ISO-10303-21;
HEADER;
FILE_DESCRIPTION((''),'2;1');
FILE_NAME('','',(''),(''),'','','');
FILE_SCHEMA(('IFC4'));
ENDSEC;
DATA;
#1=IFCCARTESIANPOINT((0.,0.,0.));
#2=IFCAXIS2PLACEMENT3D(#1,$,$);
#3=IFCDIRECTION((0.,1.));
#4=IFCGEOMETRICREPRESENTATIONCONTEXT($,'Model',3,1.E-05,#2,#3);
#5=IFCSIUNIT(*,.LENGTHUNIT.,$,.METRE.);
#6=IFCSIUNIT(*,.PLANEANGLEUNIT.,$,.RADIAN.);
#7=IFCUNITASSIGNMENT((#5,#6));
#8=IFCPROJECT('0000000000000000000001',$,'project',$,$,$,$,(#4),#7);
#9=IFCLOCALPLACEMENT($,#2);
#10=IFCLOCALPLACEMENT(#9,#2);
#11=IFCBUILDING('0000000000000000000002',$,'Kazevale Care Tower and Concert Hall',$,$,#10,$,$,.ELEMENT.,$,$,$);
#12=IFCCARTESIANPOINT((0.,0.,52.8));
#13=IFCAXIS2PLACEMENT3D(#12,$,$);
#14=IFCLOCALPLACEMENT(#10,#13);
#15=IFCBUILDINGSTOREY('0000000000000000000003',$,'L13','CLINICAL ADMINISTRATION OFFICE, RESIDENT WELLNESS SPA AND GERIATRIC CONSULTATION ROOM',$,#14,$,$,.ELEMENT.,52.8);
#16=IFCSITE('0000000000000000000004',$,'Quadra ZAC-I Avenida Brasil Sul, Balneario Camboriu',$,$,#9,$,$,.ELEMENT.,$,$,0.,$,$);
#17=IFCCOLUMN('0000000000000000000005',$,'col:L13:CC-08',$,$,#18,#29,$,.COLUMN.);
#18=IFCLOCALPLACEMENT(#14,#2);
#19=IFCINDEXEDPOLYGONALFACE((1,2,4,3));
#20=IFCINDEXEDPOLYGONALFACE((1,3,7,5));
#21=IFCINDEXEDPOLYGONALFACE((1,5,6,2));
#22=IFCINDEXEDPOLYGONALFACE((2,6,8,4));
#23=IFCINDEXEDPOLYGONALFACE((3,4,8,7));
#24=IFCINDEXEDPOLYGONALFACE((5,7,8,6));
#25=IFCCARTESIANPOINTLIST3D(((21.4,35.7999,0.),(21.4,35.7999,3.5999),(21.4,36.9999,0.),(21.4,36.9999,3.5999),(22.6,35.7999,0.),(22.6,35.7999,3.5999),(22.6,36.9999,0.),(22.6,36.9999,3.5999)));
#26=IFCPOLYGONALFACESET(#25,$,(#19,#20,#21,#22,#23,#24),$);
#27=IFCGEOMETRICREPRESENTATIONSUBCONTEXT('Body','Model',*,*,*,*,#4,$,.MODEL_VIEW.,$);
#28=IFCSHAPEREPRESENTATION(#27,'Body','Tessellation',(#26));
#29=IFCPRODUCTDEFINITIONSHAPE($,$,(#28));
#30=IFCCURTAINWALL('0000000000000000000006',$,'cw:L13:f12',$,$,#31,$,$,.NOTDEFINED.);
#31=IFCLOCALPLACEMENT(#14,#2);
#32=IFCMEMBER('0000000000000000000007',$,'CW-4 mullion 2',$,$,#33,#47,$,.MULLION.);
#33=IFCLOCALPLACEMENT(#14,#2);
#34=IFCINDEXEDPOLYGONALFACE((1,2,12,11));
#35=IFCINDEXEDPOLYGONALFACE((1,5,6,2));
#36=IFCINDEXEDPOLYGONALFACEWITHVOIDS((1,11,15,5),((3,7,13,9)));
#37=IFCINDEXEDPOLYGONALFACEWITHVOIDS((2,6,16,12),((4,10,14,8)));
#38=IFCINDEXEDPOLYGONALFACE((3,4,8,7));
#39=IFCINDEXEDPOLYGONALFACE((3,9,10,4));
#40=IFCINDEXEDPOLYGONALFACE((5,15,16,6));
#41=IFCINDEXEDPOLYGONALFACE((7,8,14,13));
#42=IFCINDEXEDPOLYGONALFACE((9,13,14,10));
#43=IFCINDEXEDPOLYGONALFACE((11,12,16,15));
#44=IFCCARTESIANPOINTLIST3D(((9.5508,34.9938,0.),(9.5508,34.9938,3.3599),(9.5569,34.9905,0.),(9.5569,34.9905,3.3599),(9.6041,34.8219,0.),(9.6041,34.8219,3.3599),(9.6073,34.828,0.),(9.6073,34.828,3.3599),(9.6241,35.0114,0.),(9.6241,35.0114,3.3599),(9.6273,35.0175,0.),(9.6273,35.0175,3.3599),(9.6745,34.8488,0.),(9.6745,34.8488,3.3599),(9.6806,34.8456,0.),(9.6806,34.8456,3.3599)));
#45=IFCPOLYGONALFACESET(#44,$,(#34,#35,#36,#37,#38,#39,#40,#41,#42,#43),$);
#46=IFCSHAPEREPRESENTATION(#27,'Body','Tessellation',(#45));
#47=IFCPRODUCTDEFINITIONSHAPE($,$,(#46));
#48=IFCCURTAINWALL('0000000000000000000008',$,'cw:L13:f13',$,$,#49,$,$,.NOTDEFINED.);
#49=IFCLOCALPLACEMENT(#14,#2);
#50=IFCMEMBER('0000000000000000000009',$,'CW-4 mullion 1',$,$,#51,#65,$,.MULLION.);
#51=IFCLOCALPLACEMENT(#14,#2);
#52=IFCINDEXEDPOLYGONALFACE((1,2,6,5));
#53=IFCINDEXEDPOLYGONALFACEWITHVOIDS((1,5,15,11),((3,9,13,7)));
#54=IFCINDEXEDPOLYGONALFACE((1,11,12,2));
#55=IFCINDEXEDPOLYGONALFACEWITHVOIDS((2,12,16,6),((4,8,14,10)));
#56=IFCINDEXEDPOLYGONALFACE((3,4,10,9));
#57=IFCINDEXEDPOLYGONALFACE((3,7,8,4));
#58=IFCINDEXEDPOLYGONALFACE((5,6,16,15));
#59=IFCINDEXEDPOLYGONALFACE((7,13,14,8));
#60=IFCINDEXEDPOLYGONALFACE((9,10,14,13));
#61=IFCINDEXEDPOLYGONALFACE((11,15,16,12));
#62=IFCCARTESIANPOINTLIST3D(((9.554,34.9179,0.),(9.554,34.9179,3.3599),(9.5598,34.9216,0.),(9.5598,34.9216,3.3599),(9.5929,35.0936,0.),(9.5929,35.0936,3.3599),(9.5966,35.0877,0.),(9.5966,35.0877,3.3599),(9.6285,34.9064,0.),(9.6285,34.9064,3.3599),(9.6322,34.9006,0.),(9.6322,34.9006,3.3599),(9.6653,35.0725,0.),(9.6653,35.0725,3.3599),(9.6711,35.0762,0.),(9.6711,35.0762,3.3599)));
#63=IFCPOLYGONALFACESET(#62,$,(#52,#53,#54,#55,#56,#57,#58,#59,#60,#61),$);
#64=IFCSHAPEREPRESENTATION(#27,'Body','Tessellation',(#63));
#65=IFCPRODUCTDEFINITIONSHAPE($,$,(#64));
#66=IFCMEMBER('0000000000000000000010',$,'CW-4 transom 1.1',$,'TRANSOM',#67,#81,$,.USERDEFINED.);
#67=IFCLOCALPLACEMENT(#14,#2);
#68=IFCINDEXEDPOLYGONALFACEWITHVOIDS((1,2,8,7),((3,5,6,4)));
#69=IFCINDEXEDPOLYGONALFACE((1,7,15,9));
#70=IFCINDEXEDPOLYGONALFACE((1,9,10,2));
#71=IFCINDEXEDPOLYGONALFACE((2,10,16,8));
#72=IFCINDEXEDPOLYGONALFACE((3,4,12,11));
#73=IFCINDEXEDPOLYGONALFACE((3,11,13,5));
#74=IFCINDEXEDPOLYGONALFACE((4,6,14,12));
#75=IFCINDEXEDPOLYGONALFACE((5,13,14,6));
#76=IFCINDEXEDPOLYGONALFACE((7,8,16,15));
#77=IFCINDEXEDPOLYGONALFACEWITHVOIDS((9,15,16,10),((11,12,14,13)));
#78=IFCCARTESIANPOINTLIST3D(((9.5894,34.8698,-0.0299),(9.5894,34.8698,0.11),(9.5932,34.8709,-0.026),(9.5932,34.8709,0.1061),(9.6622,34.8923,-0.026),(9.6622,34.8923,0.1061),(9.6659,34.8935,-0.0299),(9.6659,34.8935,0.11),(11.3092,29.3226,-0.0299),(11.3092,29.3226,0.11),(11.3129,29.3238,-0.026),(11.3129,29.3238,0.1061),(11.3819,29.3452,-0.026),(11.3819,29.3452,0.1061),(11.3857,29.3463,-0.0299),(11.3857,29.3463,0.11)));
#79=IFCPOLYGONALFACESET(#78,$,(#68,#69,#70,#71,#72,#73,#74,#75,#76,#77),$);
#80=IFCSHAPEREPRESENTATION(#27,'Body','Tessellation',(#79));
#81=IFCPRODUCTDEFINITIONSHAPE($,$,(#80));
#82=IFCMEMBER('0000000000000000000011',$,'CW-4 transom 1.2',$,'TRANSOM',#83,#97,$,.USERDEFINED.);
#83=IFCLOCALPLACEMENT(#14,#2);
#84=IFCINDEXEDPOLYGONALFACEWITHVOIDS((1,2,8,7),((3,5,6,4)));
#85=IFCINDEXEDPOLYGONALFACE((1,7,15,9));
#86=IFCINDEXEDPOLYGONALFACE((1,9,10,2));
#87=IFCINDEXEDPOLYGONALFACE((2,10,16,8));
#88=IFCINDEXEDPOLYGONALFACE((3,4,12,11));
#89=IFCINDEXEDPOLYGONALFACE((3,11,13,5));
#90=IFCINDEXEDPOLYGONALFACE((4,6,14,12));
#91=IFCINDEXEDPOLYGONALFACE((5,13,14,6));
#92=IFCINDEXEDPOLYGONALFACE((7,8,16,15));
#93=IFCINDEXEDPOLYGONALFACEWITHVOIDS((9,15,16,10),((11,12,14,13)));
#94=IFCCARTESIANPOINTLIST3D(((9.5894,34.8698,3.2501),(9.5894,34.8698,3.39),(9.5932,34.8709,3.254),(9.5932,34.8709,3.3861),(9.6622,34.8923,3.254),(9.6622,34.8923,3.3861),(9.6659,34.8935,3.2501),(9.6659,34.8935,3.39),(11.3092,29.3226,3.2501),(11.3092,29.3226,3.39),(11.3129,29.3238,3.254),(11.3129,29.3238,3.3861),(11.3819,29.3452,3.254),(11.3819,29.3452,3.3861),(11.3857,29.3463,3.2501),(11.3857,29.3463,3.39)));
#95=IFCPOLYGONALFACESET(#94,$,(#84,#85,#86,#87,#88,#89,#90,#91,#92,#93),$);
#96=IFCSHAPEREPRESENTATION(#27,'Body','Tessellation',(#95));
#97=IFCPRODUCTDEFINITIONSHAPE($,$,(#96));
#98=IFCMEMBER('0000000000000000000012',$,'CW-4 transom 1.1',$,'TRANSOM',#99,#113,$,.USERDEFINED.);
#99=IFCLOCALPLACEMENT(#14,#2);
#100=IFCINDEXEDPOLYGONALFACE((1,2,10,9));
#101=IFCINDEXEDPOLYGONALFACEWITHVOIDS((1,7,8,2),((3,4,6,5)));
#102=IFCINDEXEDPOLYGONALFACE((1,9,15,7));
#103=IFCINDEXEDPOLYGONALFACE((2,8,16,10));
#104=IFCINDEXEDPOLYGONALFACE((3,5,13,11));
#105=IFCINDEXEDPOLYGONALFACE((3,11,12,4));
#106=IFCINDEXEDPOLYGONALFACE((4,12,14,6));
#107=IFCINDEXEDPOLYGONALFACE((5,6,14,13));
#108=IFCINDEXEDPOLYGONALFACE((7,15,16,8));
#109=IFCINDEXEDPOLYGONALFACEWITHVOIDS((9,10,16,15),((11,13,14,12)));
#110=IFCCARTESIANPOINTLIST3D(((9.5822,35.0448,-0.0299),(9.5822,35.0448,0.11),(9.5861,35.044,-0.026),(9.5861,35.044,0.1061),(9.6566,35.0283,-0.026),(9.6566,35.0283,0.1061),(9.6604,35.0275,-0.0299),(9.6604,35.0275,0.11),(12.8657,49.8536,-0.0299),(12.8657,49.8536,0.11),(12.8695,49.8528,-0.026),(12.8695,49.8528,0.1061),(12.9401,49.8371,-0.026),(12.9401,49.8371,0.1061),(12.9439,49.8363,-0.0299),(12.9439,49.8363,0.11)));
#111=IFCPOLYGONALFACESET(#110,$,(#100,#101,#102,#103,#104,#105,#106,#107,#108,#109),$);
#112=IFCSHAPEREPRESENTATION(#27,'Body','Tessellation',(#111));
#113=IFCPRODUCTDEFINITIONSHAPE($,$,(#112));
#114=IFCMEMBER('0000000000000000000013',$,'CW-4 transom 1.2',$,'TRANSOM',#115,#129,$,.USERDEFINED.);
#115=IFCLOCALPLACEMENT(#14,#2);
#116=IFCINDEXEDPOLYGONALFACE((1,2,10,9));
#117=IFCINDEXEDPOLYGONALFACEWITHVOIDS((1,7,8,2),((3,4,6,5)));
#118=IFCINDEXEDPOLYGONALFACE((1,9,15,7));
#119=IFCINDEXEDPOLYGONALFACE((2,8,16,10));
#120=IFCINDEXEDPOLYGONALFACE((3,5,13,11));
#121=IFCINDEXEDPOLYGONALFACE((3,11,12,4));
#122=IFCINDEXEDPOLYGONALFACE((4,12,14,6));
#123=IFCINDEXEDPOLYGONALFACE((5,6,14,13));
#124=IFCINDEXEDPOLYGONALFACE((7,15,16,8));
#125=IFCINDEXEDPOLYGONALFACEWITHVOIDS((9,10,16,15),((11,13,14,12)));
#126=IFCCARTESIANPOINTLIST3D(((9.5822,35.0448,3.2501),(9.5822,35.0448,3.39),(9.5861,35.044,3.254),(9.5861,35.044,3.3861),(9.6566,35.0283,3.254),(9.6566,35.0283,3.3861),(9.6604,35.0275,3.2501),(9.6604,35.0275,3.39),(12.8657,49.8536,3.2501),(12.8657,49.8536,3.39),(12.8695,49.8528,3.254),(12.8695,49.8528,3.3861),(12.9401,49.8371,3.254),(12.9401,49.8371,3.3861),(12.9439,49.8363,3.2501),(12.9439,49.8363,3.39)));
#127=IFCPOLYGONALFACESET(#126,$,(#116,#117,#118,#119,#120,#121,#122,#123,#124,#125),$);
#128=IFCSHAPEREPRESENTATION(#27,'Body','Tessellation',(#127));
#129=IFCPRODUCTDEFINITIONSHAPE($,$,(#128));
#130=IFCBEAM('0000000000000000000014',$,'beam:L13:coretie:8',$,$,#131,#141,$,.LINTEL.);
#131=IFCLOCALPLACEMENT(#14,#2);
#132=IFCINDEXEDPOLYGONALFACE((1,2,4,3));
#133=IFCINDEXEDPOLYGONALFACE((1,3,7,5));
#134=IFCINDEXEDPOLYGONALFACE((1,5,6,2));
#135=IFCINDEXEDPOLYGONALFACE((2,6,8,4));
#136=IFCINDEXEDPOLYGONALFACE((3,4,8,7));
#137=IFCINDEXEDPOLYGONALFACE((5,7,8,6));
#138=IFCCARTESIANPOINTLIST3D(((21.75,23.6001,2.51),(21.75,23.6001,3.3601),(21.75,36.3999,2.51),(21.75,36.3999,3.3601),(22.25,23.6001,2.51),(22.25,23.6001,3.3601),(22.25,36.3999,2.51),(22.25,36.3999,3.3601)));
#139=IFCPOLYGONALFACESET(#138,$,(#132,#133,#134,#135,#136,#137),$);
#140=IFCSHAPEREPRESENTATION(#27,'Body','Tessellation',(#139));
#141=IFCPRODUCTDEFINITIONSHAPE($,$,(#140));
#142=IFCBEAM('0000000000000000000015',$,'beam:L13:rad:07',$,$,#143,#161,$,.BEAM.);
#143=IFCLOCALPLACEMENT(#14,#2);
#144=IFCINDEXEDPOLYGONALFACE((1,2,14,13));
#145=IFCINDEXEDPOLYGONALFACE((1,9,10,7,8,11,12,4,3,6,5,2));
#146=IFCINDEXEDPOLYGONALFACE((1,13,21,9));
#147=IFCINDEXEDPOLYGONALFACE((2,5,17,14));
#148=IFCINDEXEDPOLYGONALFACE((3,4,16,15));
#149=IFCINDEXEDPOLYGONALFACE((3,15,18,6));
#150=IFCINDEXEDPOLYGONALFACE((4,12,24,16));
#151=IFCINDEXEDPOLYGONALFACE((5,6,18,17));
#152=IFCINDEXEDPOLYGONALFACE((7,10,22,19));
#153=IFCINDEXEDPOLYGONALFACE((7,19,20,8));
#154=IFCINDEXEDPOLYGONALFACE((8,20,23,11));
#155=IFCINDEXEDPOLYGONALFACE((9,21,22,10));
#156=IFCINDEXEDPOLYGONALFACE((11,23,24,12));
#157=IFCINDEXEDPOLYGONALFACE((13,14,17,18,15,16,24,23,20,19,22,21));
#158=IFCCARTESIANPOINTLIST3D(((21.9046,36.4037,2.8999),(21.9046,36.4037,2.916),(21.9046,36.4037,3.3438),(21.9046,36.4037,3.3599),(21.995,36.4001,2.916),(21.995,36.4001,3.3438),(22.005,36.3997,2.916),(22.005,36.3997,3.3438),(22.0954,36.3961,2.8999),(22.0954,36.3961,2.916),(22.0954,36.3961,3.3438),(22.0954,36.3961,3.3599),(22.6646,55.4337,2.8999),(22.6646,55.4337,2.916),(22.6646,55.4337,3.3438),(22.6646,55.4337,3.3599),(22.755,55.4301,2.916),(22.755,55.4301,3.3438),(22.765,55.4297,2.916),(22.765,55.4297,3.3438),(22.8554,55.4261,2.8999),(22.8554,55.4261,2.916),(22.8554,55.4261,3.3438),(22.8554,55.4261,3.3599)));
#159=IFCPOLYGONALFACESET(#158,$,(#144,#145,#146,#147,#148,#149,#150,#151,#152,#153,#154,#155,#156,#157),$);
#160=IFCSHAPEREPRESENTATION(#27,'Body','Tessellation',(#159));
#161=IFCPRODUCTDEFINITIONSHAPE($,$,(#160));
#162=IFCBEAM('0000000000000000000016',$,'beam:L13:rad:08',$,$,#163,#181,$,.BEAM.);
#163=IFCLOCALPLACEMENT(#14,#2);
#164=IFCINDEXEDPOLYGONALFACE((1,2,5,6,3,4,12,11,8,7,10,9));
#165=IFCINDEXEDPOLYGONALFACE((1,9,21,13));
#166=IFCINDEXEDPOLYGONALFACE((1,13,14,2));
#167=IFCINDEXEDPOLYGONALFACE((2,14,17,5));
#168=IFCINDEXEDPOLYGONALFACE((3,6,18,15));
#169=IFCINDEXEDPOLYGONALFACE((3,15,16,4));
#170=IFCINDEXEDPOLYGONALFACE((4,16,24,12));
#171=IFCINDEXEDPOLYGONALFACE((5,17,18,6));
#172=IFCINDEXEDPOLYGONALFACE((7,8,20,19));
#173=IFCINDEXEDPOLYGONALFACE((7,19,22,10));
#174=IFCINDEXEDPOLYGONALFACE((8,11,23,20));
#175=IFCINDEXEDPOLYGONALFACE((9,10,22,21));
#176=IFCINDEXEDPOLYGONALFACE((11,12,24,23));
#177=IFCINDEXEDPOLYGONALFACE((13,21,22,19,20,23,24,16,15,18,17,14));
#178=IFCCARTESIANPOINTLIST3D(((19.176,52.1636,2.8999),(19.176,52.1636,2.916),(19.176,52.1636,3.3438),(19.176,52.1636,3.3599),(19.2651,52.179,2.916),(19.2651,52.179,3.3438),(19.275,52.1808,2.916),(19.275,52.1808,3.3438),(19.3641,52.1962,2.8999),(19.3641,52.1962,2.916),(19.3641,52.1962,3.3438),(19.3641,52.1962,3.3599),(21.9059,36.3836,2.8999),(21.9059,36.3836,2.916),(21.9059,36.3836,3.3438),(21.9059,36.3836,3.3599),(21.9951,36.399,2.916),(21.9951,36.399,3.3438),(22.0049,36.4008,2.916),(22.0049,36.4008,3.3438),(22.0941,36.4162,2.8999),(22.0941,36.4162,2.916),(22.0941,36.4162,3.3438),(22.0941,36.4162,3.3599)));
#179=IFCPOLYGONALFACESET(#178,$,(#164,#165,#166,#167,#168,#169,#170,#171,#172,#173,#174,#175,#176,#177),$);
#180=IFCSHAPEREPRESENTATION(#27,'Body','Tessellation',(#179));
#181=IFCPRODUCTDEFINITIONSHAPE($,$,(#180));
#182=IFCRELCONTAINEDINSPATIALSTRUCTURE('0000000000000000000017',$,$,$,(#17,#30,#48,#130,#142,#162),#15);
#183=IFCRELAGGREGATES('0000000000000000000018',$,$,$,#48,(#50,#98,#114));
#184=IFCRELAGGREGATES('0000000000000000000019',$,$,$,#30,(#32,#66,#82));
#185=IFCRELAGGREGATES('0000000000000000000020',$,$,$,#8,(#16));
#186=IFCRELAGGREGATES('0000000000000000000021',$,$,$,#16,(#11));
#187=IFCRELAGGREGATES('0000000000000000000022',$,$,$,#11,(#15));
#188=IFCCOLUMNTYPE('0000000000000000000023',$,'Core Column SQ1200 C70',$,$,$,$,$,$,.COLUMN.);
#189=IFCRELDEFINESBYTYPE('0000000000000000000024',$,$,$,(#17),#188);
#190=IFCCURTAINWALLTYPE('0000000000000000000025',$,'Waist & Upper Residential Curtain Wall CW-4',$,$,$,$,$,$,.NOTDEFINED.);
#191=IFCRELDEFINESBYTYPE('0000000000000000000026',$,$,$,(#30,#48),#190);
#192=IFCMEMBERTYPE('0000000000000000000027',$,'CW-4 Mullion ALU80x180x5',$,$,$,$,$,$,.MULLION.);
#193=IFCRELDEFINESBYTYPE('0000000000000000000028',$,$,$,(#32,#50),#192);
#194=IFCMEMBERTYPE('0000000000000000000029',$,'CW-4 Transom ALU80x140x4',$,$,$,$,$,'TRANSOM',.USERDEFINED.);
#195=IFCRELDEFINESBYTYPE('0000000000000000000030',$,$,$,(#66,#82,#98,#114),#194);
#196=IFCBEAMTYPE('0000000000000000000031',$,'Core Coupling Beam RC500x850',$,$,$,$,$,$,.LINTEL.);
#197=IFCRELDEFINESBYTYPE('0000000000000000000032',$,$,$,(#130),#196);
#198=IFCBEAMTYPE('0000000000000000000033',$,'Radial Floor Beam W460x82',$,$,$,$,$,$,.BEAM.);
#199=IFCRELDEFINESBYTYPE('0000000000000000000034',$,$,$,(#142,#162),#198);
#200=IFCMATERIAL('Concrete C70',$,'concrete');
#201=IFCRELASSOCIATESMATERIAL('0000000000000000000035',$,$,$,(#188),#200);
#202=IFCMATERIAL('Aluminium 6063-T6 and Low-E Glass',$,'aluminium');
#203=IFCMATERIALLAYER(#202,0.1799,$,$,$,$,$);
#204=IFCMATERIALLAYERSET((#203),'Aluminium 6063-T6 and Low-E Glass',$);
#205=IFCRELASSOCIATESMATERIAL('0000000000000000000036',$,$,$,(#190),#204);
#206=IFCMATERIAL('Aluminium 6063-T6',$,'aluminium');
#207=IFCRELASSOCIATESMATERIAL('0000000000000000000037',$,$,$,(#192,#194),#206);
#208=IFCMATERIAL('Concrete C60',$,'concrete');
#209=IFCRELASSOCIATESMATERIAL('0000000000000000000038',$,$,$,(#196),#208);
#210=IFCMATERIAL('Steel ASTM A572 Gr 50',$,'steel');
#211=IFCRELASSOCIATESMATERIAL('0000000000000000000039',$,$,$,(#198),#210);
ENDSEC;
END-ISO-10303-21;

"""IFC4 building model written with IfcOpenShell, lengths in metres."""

from ifc_helpers import new_model, si_unit, direction, frame, origin, origin_2d, place, context, subcontext, project, spatial, rectangle, hollow_rectangle, i_section, extrude, material, layer, layer_set, material_profile, profile_set, type_object, element, aggregate, save


model = new_model("IFC4")

# Units and contexts
model_context = context("Model", 3, precision=1e-05, world=origin(), true_north=direction((0.0, 1.0)))
body_context = subcontext(model_context, "Body", "Model", "MODEL_VIEW")
ifc_project = project(units=[si_unit("LENGTHUNIT", "METRE"), si_unit("PLANEANGLEUNIT", "RADIAN")], contexts=[model_context])

# Site, building, storey
site_placement = place(None, origin())
site = spatial("IfcSite", under=ifc_project, at=site_placement, Name="Quadra ZAC-I Avenida Brasil Sul, Balneario Camboriu", CompositionType="ELEMENT", RefElevation=0.0)
building_placement = place(site_placement, origin())
building = spatial("IfcBuilding", under=site, at=building_placement, Name="Kazevale Care Tower and Concert Hall", CompositionType="ELEMENT")
storey_placement = place(building_placement, frame((0.0, 0.0, 52.8)))
storey = spatial("IfcBuildingStorey", under=building, at=storey_placement, Name="L13", Description="CLINICAL ADMINISTRATION OFFICE, RESIDENT WELLNESS SPA AND GERIATRIC CONSULTATION ROOM", CompositionType="ELEMENT", Elevation=52.8)

# Column
ifc_material_1 = material(Name="Concrete C70", Category="concrete")
ifc_material_profile_1 = material_profile(ifc_material_1, rectangle(XDim=1.2, YDim=1.2, at=origin_2d()), Name="RC-SQ1200")
ifc_profile_set_1 = profile_set([ifc_material_profile_1], Name="Concrete C70")
column_type = type_object("IfcColumnType", Name="Core Column SQ1200 C70", PredefinedType="COLUMN", material=ifc_profile_set_1)
column_placement = place(storey_placement, frame((22.0, 36.3999, 0.0), z_axis=(0.0, 0.0, 1.0), x_axis=(1.0, 0.0, 0.0)))
element("IfcColumn", 1, at=column_placement, inside=storey, type_object=column_type, Name="col:L13:CC-08", PredefinedType="COLUMN", context=body_context, shape_type="SweptSolid", body=[
    extrude(rectangle(XDim=1.2, YDim=1.2, at=origin_2d()), origin(), (0.0, 0.0, 1.0), 3.5999),
])

# Curtain walls, members
ifc_material_2 = material(Name="Aluminium 6063-T6 and Low-E Glass", Category="aluminium")
ifc_layer_1 = layer(ifc_material_2, 0.1799)
ifc_layer_set_1 = layer_set([ifc_layer_1], Name="Aluminium 6063-T6 and Low-E Glass")
curtain_wall_type = type_object("IfcCurtainWallType", Name="Waist & Upper Residential Curtain Wall CW-4", PredefinedType="NOTDEFINED", material=ifc_layer_set_1)
curtain_wall_1_placement = place(storey_placement, origin())
curtain_wall_1 = element("IfcCurtainWall", 2, at=curtain_wall_1_placement, inside=storey, type_object=curtain_wall_type, Name="cw:L13:f12", PredefinedType="NOTDEFINED")
ifc_material_3 = material(Name="Aluminium 6063-T6", Category="aluminium")
ifc_material_profile_2 = material_profile(ifc_material_3, hollow_rectangle(XDim=0.0801, YDim=0.1799, WallThickness=0.0049, at=origin_2d()), Name="ALU80x180x5")
ifc_profile_set_2 = profile_set([ifc_material_profile_2], Name="Aluminium 6063-T6")
member_type_1 = type_object("IfcMemberType", Name="CW-4 Mullion ALU80x180x5", PredefinedType="MULLION", material=ifc_profile_set_2)
member_1_placement = place(storey_placement, frame((9.6157, 34.9197, 0.0), z_axis=(0.0, 0.0, 1.0), x_axis=(-0.955157, -0.296099, 0.0)))
member_1 = element("IfcMember", 3, at=member_1_placement, type_object=member_type_1, Name="CW-4 mullion 2", PredefinedType="MULLION", context=body_context, shape_type="SweptSolid", body=[
    extrude(hollow_rectangle(XDim=0.0801, YDim=0.1799, WallThickness=0.0049, at=origin_2d()), origin(), (0.0, 0.0, 1.0), 3.3599),
])
curtain_wall_2_placement = place(storey_placement, origin())
curtain_wall_2 = element("IfcCurtainWall", 4, at=curtain_wall_2_placement, inside=storey, type_object=curtain_wall_type, Name="cw:L13:f13", PredefinedType="NOTDEFINED")
member_2_placement = place(storey_placement, frame((9.6125, 34.9971, 0.0), z_axis=(0.0, 0.0, 1.0), x_axis=(-0.976291, 0.216461, 0.0)))
member_2 = element("IfcMember", 5, at=member_2_placement, type_object=member_type_1, Name="CW-4 mullion 1", PredefinedType="MULLION", context=body_context, shape_type="SweptSolid", body=[
    extrude(hollow_rectangle(XDim=0.0801, YDim=0.1799, WallThickness=0.0049, at=origin_2d()), origin(), (0.0, 0.0, 1.0), 3.3599),
])

# Members
ifc_material_profile_3 = material_profile(ifc_material_3, hollow_rectangle(XDim=0.0801, YDim=0.1399, WallThickness=0.0039, at=origin_2d()), Name="ALU80x140x4")
ifc_profile_set_3 = profile_set([ifc_material_profile_3], Name="Aluminium 6063-T6")
member_type_2 = type_object("IfcMemberType", Name="CW-4 Transom ALU80x140x4", ElementType="TRANSOM", PredefinedType="USERDEFINED", material=ifc_profile_set_3)
member_3_placement = place(storey_placement, frame((11.3474, 29.3345, 0.04), z_axis=(-0.296118, 0.955152, 0.0), x_axis=(-0.955152, -0.296118, 0.0)))
member_3 = element("IfcMember", 6, at=member_3_placement, type_object=member_type_2, Name="CW-4 transom 1.1", ObjectType="TRANSOM", PredefinedType="USERDEFINED", context=body_context, shape_type="SweptSolid", body=[
    extrude(hollow_rectangle(XDim=0.0801, YDim=0.1399, WallThickness=0.0039, at=origin_2d()), origin(), (0.0, 0.0, 1.0), 5.8076),
])
member_4_placement = place(storey_placement, frame((11.3474, 29.3345, 3.3201), z_axis=(-0.296118, 0.955152, 0.0), x_axis=(-0.955152, -0.296118, 0.0)))
member_4 = element("IfcMember", 7, at=member_4_placement, type_object=member_type_2, Name="CW-4 transom 1.2", ObjectType="TRANSOM", PredefinedType="USERDEFINED", context=body_context, shape_type="SweptSolid", body=[
    extrude(hollow_rectangle(XDim=0.0801, YDim=0.1399, WallThickness=0.0039, at=origin_2d()), origin(), (0.0, 0.0, 1.0), 5.8076),
])
member_5_placement = place(storey_placement, frame((9.6213, 35.0361, 0.04), z_axis=(0.216465, 0.97629, 0.0), x_axis=(-0.97629, 0.216465, 0.0)))
member_5 = element("IfcMember", 8, at=member_5_placement, type_object=member_type_2, Name="CW-4 transom 1.1", ObjectType="TRANSOM", PredefinedType="USERDEFINED", context=body_context, shape_type="SweptSolid", body=[
    extrude(hollow_rectangle(XDim=0.0801, YDim=0.1399, WallThickness=0.0039, at=origin_2d()), origin(), (0.0, 0.0, 1.0), 15.1685),
])
member_6_placement = place(storey_placement, frame((9.6213, 35.0361, 3.3201), z_axis=(0.216465, 0.97629, 0.0), x_axis=(-0.97629, 0.216465, 0.0)))
member_6 = element("IfcMember", 9, at=member_6_placement, type_object=member_type_2, Name="CW-4 transom 1.2", ObjectType="TRANSOM", PredefinedType="USERDEFINED", context=body_context, shape_type="SweptSolid", body=[
    extrude(hollow_rectangle(XDim=0.0801, YDim=0.1399, WallThickness=0.0039, at=origin_2d()), origin(), (0.0, 0.0, 1.0), 15.1685),
])
aggregate(curtain_wall_2, [member_2, member_5, member_6])

# Beams
ifc_material_4 = material(Name="Concrete C60", Category="concrete")
ifc_material_profile_4 = material_profile(ifc_material_4, rectangle(XDim=0.5, YDim=0.8501, at=origin_2d()), Name="RC-B500x850")
ifc_profile_set_4 = profile_set([ifc_material_profile_4], Name="Concrete C60")
beam_type_1 = type_object("IfcBeamType", Name="Core Coupling Beam RC500x850", PredefinedType="LINTEL", material=ifc_profile_set_4)
beam_1_placement = place(storey_placement, frame((22.0, 36.3999, 2.9351), z_axis=(0.0, -1.0, 0.0), x_axis=(1.0, 0.0, 0.0)))
element("IfcBeam", 10, at=beam_1_placement, inside=storey, type_object=beam_type_1, Name="beam:L13:coretie:8", PredefinedType="LINTEL", context=body_context, shape_type="SweptSolid", body=[
    extrude(rectangle(XDim=0.5, YDim=0.8501, at=origin_2d()), origin(), (0.0, 0.0, 1.0), 12.7998),
])
ifc_material_5 = material(Name="Steel ASTM A572 Gr 50", Category="steel")
ifc_material_profile_5 = material_profile(ifc_material_5, i_section(OverallWidth=0.1909, OverallDepth=0.46, WebThickness=0.01, FlangeThickness=0.0161, at=origin_2d()), Name="W460x82")
ifc_profile_set_5 = profile_set([ifc_material_profile_5], Name="Steel ASTM A572 Gr 50")
beam_type_2 = type_object("IfcBeamType", Name="Radial Floor Beam W460x82", PredefinedType="BEAM", material=ifc_profile_set_5)
beam_2_placement = place(storey_placement, frame((22.0, 36.3999, 3.1299), z_axis=(0.039906, 0.999203, 0.0), x_axis=(-0.999203, 0.039906, 0.0)))
element("IfcBeam", 11, at=beam_2_placement, inside=storey, type_object=beam_type_2, Name="beam:L13:rad:07", PredefinedType="BEAM", context=body_context, shape_type="SweptSolid", body=[
    extrude(i_section(OverallWidth=0.1909, OverallDepth=0.46, WebThickness=0.01, FlangeThickness=0.0161, at=origin_2d()), origin(), (0.0, 0.0, 1.0), 19.0452),
])
beam_3_placement = place(storey_placement, frame((22.0, 36.3999, 3.1299), z_axis=(-0.17047, 0.985363, 0.0), x_axis=(-0.985363, -0.17047, 0.0)))
element("IfcBeam", 12, at=beam_3_placement, inside=storey, type_object=beam_type_2, Name="beam:L13:rad:08", PredefinedType="BEAM", context=body_context, shape_type="SweptSolid", body=[
    extrude(i_section(OverallWidth=0.1909, OverallDepth=0.46, WebThickness=0.01, FlangeThickness=0.0161, at=origin_2d()), origin(), (0.0, 0.0, 1.0), 16.0144),
])

aggregate(curtain_wall_1, [member_1, member_3, member_4])

save(model, "model.ifc")
